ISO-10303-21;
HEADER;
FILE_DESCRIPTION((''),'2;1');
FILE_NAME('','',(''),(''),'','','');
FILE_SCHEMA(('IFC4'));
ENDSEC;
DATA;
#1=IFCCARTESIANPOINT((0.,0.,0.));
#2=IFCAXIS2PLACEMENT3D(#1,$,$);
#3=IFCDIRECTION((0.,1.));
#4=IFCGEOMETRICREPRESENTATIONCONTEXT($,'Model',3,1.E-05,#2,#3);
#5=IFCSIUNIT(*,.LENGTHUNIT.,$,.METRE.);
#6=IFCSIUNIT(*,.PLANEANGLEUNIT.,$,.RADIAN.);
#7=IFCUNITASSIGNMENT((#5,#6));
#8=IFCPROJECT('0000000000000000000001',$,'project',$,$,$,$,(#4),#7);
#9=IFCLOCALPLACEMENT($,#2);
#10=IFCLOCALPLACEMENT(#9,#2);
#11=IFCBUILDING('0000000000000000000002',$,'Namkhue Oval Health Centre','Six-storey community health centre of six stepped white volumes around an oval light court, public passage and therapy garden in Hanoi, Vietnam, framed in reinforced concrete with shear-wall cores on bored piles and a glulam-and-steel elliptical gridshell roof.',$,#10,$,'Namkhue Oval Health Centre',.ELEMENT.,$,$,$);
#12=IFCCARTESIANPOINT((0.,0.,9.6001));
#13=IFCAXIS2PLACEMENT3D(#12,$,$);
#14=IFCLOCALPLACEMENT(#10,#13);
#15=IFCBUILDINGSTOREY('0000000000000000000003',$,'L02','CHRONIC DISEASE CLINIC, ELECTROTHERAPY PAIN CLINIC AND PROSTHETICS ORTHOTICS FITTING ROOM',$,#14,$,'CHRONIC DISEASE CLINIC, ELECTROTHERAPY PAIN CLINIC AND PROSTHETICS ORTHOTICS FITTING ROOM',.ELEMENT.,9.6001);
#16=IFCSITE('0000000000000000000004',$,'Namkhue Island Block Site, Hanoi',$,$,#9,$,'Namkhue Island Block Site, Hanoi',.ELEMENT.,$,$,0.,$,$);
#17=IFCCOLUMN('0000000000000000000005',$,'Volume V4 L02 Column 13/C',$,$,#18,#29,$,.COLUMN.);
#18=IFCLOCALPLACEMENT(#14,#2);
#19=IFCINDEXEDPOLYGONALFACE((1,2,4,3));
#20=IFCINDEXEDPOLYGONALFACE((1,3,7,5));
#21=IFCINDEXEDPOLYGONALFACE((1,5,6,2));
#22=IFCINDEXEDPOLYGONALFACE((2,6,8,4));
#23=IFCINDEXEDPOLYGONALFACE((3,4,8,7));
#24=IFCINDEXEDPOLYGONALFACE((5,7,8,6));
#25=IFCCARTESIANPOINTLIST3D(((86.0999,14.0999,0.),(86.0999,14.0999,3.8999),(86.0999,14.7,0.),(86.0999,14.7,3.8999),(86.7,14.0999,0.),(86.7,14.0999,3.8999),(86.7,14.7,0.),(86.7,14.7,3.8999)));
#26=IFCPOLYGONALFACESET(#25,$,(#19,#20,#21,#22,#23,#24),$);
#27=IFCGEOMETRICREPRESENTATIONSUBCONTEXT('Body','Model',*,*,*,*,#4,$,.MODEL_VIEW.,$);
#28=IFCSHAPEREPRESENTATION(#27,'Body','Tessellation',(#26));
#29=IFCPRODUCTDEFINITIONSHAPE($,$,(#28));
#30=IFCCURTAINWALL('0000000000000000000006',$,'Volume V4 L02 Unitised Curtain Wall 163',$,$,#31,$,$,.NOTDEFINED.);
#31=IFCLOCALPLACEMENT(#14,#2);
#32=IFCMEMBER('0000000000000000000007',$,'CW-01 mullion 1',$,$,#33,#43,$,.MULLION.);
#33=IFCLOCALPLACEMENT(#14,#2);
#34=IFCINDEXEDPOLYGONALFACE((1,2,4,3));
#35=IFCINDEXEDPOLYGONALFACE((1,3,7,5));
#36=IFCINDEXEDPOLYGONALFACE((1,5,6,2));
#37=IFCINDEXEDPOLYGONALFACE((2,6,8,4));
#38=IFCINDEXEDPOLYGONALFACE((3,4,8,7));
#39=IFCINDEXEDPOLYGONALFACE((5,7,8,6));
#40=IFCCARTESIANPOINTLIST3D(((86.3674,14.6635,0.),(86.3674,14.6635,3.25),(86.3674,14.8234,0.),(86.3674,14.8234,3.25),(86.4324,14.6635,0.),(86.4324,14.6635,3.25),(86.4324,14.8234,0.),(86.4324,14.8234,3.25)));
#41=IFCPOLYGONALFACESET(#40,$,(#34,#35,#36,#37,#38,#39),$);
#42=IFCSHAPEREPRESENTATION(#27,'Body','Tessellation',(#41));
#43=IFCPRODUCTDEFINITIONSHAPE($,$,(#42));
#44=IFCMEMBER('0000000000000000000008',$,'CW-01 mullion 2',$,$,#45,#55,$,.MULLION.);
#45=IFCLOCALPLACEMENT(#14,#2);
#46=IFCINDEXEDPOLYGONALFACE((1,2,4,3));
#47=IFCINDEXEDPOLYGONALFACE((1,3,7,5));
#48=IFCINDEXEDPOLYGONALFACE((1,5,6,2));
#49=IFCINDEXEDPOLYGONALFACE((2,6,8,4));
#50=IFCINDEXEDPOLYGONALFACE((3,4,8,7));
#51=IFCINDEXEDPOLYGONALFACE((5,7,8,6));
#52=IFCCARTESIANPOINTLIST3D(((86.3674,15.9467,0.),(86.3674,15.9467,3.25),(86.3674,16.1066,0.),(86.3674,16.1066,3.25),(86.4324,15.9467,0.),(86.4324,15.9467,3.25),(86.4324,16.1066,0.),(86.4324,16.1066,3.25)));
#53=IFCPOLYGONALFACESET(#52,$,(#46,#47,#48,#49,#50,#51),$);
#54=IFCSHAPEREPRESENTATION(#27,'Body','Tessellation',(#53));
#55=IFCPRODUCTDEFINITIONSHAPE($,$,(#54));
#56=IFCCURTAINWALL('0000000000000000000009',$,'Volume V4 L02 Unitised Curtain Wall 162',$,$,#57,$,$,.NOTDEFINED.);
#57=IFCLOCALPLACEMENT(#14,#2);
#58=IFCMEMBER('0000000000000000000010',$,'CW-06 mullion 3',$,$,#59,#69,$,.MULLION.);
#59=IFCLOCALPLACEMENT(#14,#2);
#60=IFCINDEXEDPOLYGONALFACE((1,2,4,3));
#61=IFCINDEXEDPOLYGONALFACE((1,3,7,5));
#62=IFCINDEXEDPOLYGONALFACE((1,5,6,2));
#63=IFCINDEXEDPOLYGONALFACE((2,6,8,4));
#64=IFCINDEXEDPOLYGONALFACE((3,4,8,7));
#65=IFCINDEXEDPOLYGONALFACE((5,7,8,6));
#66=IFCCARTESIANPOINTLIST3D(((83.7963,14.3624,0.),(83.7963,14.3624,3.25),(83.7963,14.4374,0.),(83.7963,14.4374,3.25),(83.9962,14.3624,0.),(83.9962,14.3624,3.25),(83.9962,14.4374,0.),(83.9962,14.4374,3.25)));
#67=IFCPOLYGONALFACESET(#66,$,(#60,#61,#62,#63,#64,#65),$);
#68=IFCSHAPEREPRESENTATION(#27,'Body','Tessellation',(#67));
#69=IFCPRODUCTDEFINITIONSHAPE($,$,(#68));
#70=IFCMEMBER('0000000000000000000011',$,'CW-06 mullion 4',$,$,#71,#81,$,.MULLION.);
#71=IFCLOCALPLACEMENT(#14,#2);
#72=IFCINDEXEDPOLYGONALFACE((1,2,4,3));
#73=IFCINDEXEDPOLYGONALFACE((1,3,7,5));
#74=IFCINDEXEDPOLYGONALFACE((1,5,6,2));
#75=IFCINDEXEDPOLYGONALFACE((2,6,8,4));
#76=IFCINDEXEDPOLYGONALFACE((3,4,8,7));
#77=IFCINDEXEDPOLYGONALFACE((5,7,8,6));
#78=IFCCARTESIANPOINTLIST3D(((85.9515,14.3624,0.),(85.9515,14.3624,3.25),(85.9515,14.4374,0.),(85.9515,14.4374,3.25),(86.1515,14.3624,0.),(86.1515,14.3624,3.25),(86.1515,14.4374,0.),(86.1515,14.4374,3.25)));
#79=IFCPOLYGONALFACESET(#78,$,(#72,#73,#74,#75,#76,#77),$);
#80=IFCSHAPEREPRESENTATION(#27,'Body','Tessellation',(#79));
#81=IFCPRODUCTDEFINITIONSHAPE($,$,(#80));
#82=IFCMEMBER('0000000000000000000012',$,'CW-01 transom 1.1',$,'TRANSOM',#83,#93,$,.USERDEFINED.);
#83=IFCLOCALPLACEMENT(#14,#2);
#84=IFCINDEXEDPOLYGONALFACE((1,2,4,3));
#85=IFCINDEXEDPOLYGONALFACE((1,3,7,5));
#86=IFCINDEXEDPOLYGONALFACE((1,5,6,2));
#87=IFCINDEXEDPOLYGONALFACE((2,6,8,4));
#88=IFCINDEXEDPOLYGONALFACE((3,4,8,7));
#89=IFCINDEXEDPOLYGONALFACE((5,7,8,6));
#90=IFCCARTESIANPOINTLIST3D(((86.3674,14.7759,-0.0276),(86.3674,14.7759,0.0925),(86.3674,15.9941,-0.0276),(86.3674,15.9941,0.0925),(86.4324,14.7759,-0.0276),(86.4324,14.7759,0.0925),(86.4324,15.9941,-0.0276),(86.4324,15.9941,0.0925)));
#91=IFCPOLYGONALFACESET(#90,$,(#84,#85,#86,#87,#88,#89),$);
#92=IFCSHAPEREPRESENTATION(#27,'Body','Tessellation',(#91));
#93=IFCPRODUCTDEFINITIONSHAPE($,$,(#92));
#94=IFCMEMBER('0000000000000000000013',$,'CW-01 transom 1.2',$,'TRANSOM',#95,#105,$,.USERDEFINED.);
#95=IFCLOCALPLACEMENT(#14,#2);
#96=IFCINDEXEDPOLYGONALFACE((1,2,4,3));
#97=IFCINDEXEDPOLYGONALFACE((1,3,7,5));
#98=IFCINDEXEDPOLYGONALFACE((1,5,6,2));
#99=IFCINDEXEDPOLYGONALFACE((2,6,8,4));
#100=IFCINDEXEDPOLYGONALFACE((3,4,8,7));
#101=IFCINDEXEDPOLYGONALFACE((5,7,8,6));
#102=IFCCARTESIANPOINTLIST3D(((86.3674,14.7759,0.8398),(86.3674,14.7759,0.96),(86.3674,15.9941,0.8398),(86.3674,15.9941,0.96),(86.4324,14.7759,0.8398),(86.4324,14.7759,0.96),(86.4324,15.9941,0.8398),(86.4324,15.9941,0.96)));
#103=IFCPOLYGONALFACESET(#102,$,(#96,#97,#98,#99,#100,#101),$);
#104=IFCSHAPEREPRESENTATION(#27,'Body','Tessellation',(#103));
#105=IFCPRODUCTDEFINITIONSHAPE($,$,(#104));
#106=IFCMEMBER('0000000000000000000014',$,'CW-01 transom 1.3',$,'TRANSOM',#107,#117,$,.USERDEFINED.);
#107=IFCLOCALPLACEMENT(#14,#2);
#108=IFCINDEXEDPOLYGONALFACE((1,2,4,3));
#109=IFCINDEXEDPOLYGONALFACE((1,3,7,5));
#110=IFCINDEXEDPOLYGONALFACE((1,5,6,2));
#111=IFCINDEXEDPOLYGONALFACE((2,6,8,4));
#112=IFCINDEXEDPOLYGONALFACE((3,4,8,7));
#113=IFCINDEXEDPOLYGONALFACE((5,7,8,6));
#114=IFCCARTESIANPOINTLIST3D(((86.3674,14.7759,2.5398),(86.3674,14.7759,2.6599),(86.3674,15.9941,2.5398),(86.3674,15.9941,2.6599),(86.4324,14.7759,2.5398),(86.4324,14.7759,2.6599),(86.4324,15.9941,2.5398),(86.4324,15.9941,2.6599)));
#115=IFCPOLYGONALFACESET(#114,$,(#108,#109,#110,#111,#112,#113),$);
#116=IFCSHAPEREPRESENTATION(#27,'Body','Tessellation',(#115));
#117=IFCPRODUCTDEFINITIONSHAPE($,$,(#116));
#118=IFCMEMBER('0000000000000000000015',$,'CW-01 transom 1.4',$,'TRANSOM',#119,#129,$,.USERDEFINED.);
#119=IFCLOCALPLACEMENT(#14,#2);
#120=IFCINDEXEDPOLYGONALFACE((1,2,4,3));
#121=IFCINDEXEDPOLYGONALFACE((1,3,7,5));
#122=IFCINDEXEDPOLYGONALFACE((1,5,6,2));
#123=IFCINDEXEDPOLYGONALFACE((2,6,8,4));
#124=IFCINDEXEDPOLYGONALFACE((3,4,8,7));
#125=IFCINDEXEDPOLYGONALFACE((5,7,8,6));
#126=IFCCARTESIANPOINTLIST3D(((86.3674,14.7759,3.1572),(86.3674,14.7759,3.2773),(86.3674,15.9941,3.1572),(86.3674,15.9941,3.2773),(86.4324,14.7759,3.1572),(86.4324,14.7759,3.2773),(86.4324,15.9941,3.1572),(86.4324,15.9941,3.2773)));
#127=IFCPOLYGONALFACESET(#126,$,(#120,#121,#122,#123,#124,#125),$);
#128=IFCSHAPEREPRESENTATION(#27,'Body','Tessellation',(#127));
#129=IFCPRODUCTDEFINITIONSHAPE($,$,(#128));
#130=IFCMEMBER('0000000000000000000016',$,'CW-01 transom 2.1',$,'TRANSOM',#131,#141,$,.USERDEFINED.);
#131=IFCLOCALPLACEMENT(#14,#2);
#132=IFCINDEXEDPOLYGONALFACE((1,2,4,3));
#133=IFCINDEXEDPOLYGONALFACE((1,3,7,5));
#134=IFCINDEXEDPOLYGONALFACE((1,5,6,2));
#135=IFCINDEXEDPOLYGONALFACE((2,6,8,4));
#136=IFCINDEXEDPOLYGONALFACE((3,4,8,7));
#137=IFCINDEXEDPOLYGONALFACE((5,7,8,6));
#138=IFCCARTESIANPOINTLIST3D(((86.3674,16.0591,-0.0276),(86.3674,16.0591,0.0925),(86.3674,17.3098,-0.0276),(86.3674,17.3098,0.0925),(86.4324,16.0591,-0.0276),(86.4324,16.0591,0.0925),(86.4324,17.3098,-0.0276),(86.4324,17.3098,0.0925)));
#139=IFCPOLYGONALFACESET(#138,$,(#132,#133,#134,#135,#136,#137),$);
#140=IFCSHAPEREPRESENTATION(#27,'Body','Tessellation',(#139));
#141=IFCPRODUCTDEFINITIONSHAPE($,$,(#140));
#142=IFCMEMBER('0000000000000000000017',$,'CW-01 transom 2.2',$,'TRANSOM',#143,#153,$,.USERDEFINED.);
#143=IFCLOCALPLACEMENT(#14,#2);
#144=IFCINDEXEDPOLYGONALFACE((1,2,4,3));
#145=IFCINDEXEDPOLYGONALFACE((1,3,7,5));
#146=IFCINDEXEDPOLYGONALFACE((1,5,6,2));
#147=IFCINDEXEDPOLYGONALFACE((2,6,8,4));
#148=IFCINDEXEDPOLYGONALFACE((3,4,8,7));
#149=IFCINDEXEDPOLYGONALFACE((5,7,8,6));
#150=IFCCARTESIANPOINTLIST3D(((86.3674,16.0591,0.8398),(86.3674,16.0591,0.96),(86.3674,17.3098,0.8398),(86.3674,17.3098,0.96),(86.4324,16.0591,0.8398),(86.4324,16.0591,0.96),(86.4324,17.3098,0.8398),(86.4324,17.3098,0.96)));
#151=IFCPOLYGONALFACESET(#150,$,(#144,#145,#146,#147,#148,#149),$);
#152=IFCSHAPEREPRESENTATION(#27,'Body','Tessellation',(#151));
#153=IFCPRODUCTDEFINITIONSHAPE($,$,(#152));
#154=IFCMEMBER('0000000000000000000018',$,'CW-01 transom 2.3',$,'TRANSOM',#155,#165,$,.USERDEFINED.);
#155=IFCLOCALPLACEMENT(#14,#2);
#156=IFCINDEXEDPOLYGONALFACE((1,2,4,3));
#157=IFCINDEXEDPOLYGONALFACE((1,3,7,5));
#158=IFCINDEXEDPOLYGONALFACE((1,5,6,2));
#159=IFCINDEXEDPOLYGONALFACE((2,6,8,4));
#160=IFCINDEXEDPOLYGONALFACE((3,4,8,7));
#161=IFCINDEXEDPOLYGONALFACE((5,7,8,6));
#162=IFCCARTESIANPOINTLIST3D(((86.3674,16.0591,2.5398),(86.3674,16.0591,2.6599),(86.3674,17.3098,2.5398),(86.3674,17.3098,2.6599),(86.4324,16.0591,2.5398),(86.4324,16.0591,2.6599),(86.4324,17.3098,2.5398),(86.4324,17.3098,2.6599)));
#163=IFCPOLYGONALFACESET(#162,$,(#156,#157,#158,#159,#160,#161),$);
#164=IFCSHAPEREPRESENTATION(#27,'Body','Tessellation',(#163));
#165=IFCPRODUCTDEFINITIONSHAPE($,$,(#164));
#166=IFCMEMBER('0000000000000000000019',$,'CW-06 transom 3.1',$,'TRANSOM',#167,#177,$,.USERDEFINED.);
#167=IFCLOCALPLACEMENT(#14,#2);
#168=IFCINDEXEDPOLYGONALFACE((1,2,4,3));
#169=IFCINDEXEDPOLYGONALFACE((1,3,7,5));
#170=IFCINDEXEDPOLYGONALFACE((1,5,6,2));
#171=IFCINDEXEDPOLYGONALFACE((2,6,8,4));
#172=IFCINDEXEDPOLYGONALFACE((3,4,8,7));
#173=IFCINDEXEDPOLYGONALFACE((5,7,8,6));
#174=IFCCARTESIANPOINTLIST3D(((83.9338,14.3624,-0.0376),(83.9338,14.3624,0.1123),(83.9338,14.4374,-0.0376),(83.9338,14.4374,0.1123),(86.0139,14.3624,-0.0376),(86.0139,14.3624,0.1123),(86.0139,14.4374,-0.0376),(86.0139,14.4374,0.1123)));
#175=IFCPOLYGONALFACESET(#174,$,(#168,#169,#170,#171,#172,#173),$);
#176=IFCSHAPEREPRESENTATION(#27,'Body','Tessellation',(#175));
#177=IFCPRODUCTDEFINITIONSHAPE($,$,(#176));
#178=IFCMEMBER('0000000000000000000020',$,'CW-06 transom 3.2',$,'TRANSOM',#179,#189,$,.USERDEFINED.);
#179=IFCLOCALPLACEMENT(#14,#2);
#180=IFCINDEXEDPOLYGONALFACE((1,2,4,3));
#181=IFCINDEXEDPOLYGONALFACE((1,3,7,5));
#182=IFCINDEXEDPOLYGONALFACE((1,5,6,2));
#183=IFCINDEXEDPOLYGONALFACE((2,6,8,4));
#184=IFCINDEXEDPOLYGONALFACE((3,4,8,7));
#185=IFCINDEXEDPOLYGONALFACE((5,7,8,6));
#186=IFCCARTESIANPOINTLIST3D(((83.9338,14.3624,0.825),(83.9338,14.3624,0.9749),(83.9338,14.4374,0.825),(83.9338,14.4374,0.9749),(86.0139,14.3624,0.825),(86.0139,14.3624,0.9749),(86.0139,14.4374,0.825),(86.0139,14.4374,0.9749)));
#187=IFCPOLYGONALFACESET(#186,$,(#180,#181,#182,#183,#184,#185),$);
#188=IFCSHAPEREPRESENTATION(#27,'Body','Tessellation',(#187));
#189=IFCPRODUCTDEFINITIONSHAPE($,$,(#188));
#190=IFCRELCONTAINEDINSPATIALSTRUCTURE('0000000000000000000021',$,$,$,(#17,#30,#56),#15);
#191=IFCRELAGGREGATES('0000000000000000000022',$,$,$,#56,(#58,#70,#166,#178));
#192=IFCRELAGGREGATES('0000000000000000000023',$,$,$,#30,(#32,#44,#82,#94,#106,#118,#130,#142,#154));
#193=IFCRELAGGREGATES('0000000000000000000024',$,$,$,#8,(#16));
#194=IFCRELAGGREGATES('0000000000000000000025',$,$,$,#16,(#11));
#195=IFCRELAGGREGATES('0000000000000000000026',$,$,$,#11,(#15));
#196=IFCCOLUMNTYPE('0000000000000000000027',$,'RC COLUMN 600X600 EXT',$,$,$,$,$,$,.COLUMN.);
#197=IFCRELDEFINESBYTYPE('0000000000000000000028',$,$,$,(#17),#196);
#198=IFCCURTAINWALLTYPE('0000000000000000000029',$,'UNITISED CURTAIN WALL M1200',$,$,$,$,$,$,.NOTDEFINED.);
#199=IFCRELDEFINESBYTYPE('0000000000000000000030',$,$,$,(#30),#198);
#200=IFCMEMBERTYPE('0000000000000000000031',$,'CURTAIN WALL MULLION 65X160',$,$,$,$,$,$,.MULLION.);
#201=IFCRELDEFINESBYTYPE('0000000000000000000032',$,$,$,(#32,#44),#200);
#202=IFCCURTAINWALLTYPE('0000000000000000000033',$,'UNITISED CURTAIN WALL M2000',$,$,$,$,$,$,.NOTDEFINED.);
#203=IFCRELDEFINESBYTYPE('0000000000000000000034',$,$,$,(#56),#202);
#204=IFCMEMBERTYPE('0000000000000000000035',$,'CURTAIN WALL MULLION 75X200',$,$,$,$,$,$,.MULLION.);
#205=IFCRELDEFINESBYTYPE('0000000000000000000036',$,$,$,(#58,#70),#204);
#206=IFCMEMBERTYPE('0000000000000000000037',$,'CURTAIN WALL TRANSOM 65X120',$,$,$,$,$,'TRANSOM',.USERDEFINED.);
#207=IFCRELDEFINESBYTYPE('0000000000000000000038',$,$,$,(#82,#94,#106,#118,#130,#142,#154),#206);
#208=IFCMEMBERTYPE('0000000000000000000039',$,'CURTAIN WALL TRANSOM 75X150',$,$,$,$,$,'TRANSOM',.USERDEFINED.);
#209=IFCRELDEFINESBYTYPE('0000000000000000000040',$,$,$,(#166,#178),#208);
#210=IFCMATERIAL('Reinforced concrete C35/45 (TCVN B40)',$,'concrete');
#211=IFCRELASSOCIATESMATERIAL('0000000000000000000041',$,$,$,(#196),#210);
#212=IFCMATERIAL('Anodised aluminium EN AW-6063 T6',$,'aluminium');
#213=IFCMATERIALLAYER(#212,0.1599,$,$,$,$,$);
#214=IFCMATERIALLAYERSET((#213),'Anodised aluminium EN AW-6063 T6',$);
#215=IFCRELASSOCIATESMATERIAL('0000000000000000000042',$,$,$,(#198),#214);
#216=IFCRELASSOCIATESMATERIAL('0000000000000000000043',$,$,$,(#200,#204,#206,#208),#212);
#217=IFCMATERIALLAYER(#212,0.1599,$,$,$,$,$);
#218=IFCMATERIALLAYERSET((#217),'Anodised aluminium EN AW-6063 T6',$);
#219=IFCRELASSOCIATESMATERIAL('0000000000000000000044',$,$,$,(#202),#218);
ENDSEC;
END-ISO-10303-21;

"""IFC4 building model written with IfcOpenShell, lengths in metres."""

from ifc_helpers import new_model, si_unit, direction, frame, origin, origin_2d, place, context, subcontext, project, spatial, rectangle, extrude, material, layer, layer_set, material_profile, profile_set, type_object, element, aggregate, save


model = new_model("IFC4")

# Units and contexts
model_context = context("Model", 3, precision=1e-05, world=origin(), true_north=direction((0.0, 1.0)))
body_context = subcontext(model_context, "Body", "Model", "MODEL_VIEW")
ifc_project = project(units=[si_unit("LENGTHUNIT", "METRE"), si_unit("PLANEANGLEUNIT", "RADIAN")], contexts=[model_context])

# Site, building, storey
site_placement = place(None, origin())
site = spatial("IfcSite", under=ifc_project, at=site_placement, Name="Namkhue Island Block Site, Hanoi", LongName="Namkhue Island Block Site, Hanoi", CompositionType="ELEMENT", RefElevation=0.0)
building_placement = place(site_placement, origin())
building = spatial("IfcBuilding", under=site, at=building_placement, Name="Namkhue Oval Health Centre", Description="Six-storey community health centre of six stepped white volumes around an oval light court, public passage and therapy garden in Hanoi, Vietnam, framed in reinforced concrete with shear-wall cores on bored piles and a glulam-and-steel elliptical gridshell roof.", LongName="Namkhue Oval Health Centre", CompositionType="ELEMENT")
storey_placement = place(building_placement, frame((0.0, 0.0, 9.6001)))
storey = spatial("IfcBuildingStorey", under=building, at=storey_placement, Name="L02", Description="CHRONIC DISEASE CLINIC, ELECTROTHERAPY PAIN CLINIC AND PROSTHETICS ORTHOTICS FITTING ROOM", LongName="CHRONIC DISEASE CLINIC, ELECTROTHERAPY PAIN CLINIC AND PROSTHETICS ORTHOTICS FITTING ROOM", CompositionType="ELEMENT", Elevation=9.6001)

# Column
ifc_material_1 = material(Name="Reinforced concrete C35/45 (TCVN B40)", Category="concrete")
ifc_material_profile_1 = material_profile(ifc_material_1, rectangle(XDim=0.6001, YDim=0.6001, at=origin_2d()), Name="RC 600x600")
ifc_profile_set_1 = profile_set([ifc_material_profile_1], Name="Reinforced concrete C35/45 (TCVN B40)")
column_type = type_object("IfcColumnType", Name="RC COLUMN 600X600 EXT", PredefinedType="COLUMN", material=ifc_profile_set_1)
column_placement = place(storey_placement, frame((86.3999, 14.3999, 0.0), z_axis=(0.0, 0.0, 1.0), x_axis=(1.0, 0.0, 0.0)))
element("IfcColumn", 1, at=column_placement, inside=storey, type_object=column_type, Name="Volume V4 L02 Column 13/C", PredefinedType="COLUMN", context=body_context, shape_type="SweptSolid", body=[
    extrude(rectangle(XDim=0.6001, YDim=0.6001, at=origin_2d()), origin(), (0.0, 0.0, 1.0), 3.8999),
])

# Curtain walls, members
ifc_material_2 = material(Name="Anodised aluminium EN AW-6063 T6", Category="aluminium")
ifc_layer_1 = layer(ifc_material_2, 0.1599)
ifc_layer_set_1 = layer_set([ifc_layer_1], Name="Anodised aluminium EN AW-6063 T6")
curtain_wall_type_1 = type_object("IfcCurtainWallType", Name="UNITISED CURTAIN WALL M1200", PredefinedType="NOTDEFINED", material=ifc_layer_set_1)
curtain_wall_1_placement = place(storey_placement, origin())
curtain_wall_1 = element("IfcCurtainWall", 2, at=curtain_wall_1_placement, inside=storey, type_object=curtain_wall_type_1, Name="Volume V4 L02 Unitised Curtain Wall 163", PredefinedType="NOTDEFINED")
ifc_material_profile_2 = material_profile(ifc_material_2, rectangle(XDim=0.0649, YDim=0.1599, at=origin_2d()), Name="ALU 65x160")
ifc_profile_set_2 = profile_set([ifc_material_profile_2], Name="Anodised aluminium EN AW-6063 T6")
member_type_1 = type_object("IfcMemberType", Name="CURTAIN WALL MULLION 65X160", PredefinedType="MULLION", material=ifc_profile_set_2)
member_1_placement = place(storey_placement, frame((86.3999, 14.7434, 0.0), z_axis=(0.0, 0.0, 1.0), x_axis=(-1.0, 0.0, 0.0)))
member_1 = element("IfcMember", 3, at=member_1_placement, type_object=member_type_1, Name="CW-01 mullion 1", PredefinedType="MULLION", context=body_context, shape_type="SweptSolid", body=[
    extrude(rectangle(XDim=0.0649, YDim=0.1599, at=origin_2d()), origin(), (0.0, 0.0, 1.0), 3.25),
])
member_2_placement = place(storey_placement, frame((86.3999, 16.0266, 0.0), z_axis=(0.0, 0.0, 1.0), x_axis=(-1.0, 0.0, 0.0)))
member_2 = element("IfcMember", 4, at=member_2_placement, type_object=member_type_1, Name="CW-01 mullion 2", PredefinedType="MULLION", context=body_context, shape_type="SweptSolid", body=[
    extrude(rectangle(XDim=0.0649, YDim=0.1599, at=origin_2d()), origin(), (0.0, 0.0, 1.0), 3.25),
])
ifc_layer_2 = layer(ifc_material_2, 0.1599)
ifc_layer_set_2 = layer_set([ifc_layer_2], Name="Anodised aluminium EN AW-6063 T6")
curtain_wall_type_2 = type_object("IfcCurtainWallType", Name="UNITISED CURTAIN WALL M2000", PredefinedType="NOTDEFINED", material=ifc_layer_set_2)
curtain_wall_2_placement = place(storey_placement, origin())
curtain_wall_2 = element("IfcCurtainWall", 5, at=curtain_wall_2_placement, inside=storey, type_object=curtain_wall_type_2, Name="Volume V4 L02 Unitised Curtain Wall 162", PredefinedType="NOTDEFINED")
ifc_material_profile_3 = material_profile(ifc_material_2, rectangle(XDim=0.075, YDim=0.2, at=origin_2d()), Name="ALU 75x200")
ifc_profile_set_3 = profile_set([ifc_material_profile_3], Name="Anodised aluminium EN AW-6063 T6")
member_type_2 = type_object("IfcMemberType", Name="CURTAIN WALL MULLION 75X200", PredefinedType="MULLION", material=ifc_profile_set_3)
member_3_placement = place(storey_placement, frame((83.8962, 14.3999, 0.0), z_axis=(0.0, 0.0, 1.0), x_axis=(0.0, 1.0, 0.0)))
member_3 = element("IfcMember", 6, at=member_3_placement, type_object=member_type_2, Name="CW-06 mullion 3", PredefinedType="MULLION", context=body_context, shape_type="SweptSolid", body=[
    extrude(rectangle(XDim=0.075, YDim=0.2, at=origin_2d()), origin(), (0.0, 0.0, 1.0), 3.25),
])
member_4_placement = place(storey_placement, frame((86.0515, 14.3999, 0.0), z_axis=(0.0, 0.0, 1.0), x_axis=(0.0, 1.0, 0.0)))
member_4 = element("IfcMember", 7, at=member_4_placement, type_object=member_type_2, Name="CW-06 mullion 4", PredefinedType="MULLION", context=body_context, shape_type="SweptSolid", body=[
    extrude(rectangle(XDim=0.075, YDim=0.2, at=origin_2d()), origin(), (0.0, 0.0, 1.0), 3.25),
])

# Members
ifc_material_profile_4 = material_profile(ifc_material_2, rectangle(XDim=0.0649, YDim=0.1201, at=origin_2d()), Name="ALU 65x120")
ifc_profile_set_4 = profile_set([ifc_material_profile_4], Name="Anodised aluminium EN AW-6063 T6")
member_type_3 = type_object("IfcMemberType", Name="CURTAIN WALL TRANSOM 65X120", ElementType="TRANSOM", PredefinedType="USERDEFINED", material=ifc_profile_set_4)
member_5_placement = place(storey_placement, frame((86.3999, 14.7759, 0.0325), z_axis=(0.0, 1.0, 0.0), x_axis=(-1.0, 0.0, 0.0)))
member_5 = element("IfcMember", 8, at=member_5_placement, type_object=member_type_3, Name="CW-01 transom 1.1", ObjectType="TRANSOM", PredefinedType="USERDEFINED", context=body_context, shape_type="SweptSolid", body=[
    extrude(rectangle(XDim=0.0649, YDim=0.1201, at=origin_2d()), origin(), (0.0, 0.0, 1.0), 1.2183),
])
member_6_placement = place(storey_placement, frame((86.3999, 14.7759, 0.8999), z_axis=(0.0, 1.0, 0.0), x_axis=(-1.0, 0.0, 0.0)))
member_6 = element("IfcMember", 9, at=member_6_placement, type_object=member_type_3, Name="CW-01 transom 1.2", ObjectType="TRANSOM", PredefinedType="USERDEFINED", context=body_context, shape_type="SweptSolid", body=[
    extrude(rectangle(XDim=0.0649, YDim=0.1201, at=origin_2d()), origin(), (0.0, 0.0, 1.0), 1.2183),
])
member_7_placement = place(storey_placement, frame((86.3999, 14.7759, 2.5999), z_axis=(0.0, 1.0, 0.0), x_axis=(-1.0, 0.0, 0.0)))
member_7 = element("IfcMember", 10, at=member_7_placement, type_object=member_type_3, Name="CW-01 transom 1.3", ObjectType="TRANSOM", PredefinedType="USERDEFINED", context=body_context, shape_type="SweptSolid", body=[
    extrude(rectangle(XDim=0.0649, YDim=0.1201, at=origin_2d()), origin(), (0.0, 0.0, 1.0), 1.2183),
])
member_8_placement = place(storey_placement, frame((86.3999, 14.7759, 3.2173), z_axis=(0.0, 1.0, 0.0), x_axis=(-1.0, 0.0, 0.0)))
member_8 = element("IfcMember", 11, at=member_8_placement, type_object=member_type_3, Name="CW-01 transom 1.4", ObjectType="TRANSOM", PredefinedType="USERDEFINED", context=body_context, shape_type="SweptSolid", body=[
    extrude(rectangle(XDim=0.0649, YDim=0.1201, at=origin_2d()), origin(), (0.0, 0.0, 1.0), 1.2183),
])
member_9_placement = place(storey_placement, frame((86.3999, 16.0591, 0.0325), z_axis=(0.0, 1.0, 0.0), x_axis=(-1.0, 0.0, 0.0)))
member_9 = element("IfcMember", 12, at=member_9_placement, type_object=member_type_3, Name="CW-01 transom 2.1", ObjectType="TRANSOM", PredefinedType="USERDEFINED", context=body_context, shape_type="SweptSolid", body=[
    extrude(rectangle(XDim=0.0649, YDim=0.1201, at=origin_2d()), origin(), (0.0, 0.0, 1.0), 1.2507),
])
member_10_placement = place(storey_placement, frame((86.3999, 16.0591, 0.8999), z_axis=(0.0, 1.0, 0.0), x_axis=(-1.0, 0.0, 0.0)))
member_10 = element("IfcMember", 13, at=member_10_placement, type_object=member_type_3, Name="CW-01 transom 2.2", ObjectType="TRANSOM", PredefinedType="USERDEFINED", context=body_context, shape_type="SweptSolid", body=[
    extrude(rectangle(XDim=0.0649, YDim=0.1201, at=origin_2d()), origin(), (0.0, 0.0, 1.0), 1.2507),
])
member_11_placement = place(storey_placement, frame((86.3999, 16.0591, 2.5999), z_axis=(0.0, 1.0, 0.0), x_axis=(-1.0, 0.0, 0.0)))
member_11 = element("IfcMember", 14, at=member_11_placement, type_object=member_type_3, Name="CW-01 transom 2.3", ObjectType="TRANSOM", PredefinedType="USERDEFINED", context=body_context, shape_type="SweptSolid", body=[
    extrude(rectangle(XDim=0.0649, YDim=0.1201, at=origin_2d()), origin(), (0.0, 0.0, 1.0), 1.2507),
])
ifc_material_profile_5 = material_profile(ifc_material_2, rectangle(XDim=0.075, YDim=0.1499, at=origin_2d()), Name="ALU 75x150")
ifc_profile_set_5 = profile_set([ifc_material_profile_5], Name="Anodised aluminium EN AW-6063 T6")
member_type_4 = type_object("IfcMemberType", Name="CURTAIN WALL TRANSOM 75X150", ElementType="TRANSOM", PredefinedType="USERDEFINED", material=ifc_profile_set_5)
member_12_placement = place(storey_placement, frame((83.9338, 14.3999, 0.0374), z_axis=(1.0, 0.0, 0.0), x_axis=(0.0, 1.0, 0.0)))
member_12 = element("IfcMember", 15, at=member_12_placement, type_object=member_type_4, Name="CW-06 transom 3.1", ObjectType="TRANSOM", PredefinedType="USERDEFINED", context=body_context, shape_type="SweptSolid", body=[
    extrude(rectangle(XDim=0.075, YDim=0.1499, at=origin_2d()), origin(), (0.0, 0.0, 1.0), 2.0801),
])
member_13_placement = place(storey_placement, frame((83.9338, 14.3999, 0.8999), z_axis=(1.0, 0.0, 0.0), x_axis=(0.0, 1.0, 0.0)))
member_13 = element("IfcMember", 16, at=member_13_placement, type_object=member_type_4, Name="CW-06 transom 3.2", ObjectType="TRANSOM", PredefinedType="USERDEFINED", context=body_context, shape_type="SweptSolid", body=[
    extrude(rectangle(XDim=0.075, YDim=0.1499, at=origin_2d()), origin(), (0.0, 0.0, 1.0), 2.0801),
])

aggregate(curtain_wall_2, [member_3, member_4, member_12, member_13])
aggregate(curtain_wall_1, [member_1, member_2, member_5, member_6, member_7, member_8, member_9, member_10, member_11])

save(model, "model.ifc")
